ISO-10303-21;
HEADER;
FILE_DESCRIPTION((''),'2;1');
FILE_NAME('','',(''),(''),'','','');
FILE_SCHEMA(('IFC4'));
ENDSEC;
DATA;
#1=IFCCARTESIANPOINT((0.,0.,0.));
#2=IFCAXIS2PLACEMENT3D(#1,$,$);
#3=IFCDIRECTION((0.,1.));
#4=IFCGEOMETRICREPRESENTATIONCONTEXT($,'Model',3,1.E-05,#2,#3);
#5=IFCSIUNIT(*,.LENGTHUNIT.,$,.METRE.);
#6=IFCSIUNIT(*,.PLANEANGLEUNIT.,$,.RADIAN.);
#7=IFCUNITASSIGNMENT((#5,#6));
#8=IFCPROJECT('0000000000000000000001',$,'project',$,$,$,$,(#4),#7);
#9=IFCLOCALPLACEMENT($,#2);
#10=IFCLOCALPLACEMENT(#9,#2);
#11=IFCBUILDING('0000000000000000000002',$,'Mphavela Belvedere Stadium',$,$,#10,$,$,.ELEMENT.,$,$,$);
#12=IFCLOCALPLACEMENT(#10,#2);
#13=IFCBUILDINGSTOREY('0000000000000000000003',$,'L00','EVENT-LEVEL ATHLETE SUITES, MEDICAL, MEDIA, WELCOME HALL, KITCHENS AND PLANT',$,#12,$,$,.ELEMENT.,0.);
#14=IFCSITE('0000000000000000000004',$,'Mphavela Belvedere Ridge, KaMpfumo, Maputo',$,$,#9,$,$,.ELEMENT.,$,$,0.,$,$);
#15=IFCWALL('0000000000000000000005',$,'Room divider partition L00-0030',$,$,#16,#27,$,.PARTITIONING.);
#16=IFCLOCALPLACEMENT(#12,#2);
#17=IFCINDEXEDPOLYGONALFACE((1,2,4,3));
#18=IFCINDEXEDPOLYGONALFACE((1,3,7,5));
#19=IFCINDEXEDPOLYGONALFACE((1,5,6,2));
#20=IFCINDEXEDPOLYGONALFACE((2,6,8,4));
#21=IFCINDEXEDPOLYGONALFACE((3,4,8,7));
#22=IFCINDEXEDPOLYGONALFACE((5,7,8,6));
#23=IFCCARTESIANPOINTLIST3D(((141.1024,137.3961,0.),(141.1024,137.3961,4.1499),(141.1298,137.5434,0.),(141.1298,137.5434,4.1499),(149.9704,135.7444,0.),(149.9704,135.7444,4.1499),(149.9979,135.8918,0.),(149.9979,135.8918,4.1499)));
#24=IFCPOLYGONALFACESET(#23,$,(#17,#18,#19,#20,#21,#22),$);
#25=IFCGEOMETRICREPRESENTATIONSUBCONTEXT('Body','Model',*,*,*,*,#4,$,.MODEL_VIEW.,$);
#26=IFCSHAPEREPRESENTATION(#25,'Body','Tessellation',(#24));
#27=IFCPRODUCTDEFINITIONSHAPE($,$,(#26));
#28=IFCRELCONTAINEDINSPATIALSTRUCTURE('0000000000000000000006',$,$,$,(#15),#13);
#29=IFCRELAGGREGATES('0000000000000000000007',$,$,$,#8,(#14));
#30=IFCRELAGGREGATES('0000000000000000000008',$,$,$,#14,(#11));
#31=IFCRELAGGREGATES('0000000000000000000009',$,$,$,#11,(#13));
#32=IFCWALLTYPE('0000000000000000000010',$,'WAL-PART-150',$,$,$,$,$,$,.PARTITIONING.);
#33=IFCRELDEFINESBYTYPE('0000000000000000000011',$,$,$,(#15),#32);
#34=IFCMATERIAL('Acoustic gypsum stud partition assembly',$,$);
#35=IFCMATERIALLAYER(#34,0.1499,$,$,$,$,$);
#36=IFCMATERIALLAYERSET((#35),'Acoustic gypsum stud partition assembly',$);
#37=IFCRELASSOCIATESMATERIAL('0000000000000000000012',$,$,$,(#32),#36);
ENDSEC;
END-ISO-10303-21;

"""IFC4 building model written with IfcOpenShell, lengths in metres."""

from ifc_helpers import new_model, si_unit, direction, frame, frame_2d, origin, place, context, subcontext, project, spatial, rectangle, extrude, material, layer, layer_set, type_object, element, save


model = new_model("IFC4")

# Units and contexts
model_context = context("Model", 3, precision=1e-05, world=origin(), true_north=direction((0.0, 1.0)))
body_context = subcontext(model_context, "Body", "Model", "MODEL_VIEW")
ifc_project = project(units=[si_unit("LENGTHUNIT", "METRE"), si_unit("PLANEANGLEUNIT", "RADIAN")], contexts=[model_context])

# Site, building, storey
site_placement = place(None, origin())
site = spatial("IfcSite", under=ifc_project, at=site_placement, Name="Mphavela Belvedere Ridge, KaMpfumo, Maputo", CompositionType="ELEMENT", RefElevation=0.0)
building_placement = place(site_placement, origin())
building = spatial("IfcBuilding", under=site, at=building_placement, Name="Mphavela Belvedere Stadium", CompositionType="ELEMENT")
storey_placement = place(building_placement, origin())
storey = spatial("IfcBuildingStorey", under=building, at=storey_placement, Name="L00", Description="EVENT-LEVEL ATHLETE SUITES, MEDICAL, MEDIA, WELCOME HALL, KITCHENS AND PLANT", CompositionType="ELEMENT", Elevation=0.0)

# Wall
ifc_material_1 = material(Name="Acoustic gypsum stud partition assembly")
ifc_layer = layer(ifc_material_1, 0.1499)
ifc_layer_set = layer_set([ifc_layer], Name="Acoustic gypsum stud partition assembly")
wall_type = type_object("IfcWallType", Name="WAL-PART-150", PredefinedType="PARTITIONING", material=ifc_layer_set)
wall_1_placement = place(storey_placement, frame((149.9841, 135.8181, 0.0), z_axis=(0.0, 0.0, 1.0), x_axis=(-0.983095, 0.183097, 0.0)))
element("IfcWall", 1, at=wall_1_placement, inside=storey, type_object=wall_type, Name="Room divider partition L00-0030", PredefinedType="PARTITIONING", context=body_context, shape_type="SweptSolid", body=[
    extrude(rectangle(XDim=9.0205, YDim=0.1499, at=frame_2d((4.5103, 0.0))), origin(), (0.0, 0.0, 1.0), 4.1499),
])

save(model, "model.ifc")
